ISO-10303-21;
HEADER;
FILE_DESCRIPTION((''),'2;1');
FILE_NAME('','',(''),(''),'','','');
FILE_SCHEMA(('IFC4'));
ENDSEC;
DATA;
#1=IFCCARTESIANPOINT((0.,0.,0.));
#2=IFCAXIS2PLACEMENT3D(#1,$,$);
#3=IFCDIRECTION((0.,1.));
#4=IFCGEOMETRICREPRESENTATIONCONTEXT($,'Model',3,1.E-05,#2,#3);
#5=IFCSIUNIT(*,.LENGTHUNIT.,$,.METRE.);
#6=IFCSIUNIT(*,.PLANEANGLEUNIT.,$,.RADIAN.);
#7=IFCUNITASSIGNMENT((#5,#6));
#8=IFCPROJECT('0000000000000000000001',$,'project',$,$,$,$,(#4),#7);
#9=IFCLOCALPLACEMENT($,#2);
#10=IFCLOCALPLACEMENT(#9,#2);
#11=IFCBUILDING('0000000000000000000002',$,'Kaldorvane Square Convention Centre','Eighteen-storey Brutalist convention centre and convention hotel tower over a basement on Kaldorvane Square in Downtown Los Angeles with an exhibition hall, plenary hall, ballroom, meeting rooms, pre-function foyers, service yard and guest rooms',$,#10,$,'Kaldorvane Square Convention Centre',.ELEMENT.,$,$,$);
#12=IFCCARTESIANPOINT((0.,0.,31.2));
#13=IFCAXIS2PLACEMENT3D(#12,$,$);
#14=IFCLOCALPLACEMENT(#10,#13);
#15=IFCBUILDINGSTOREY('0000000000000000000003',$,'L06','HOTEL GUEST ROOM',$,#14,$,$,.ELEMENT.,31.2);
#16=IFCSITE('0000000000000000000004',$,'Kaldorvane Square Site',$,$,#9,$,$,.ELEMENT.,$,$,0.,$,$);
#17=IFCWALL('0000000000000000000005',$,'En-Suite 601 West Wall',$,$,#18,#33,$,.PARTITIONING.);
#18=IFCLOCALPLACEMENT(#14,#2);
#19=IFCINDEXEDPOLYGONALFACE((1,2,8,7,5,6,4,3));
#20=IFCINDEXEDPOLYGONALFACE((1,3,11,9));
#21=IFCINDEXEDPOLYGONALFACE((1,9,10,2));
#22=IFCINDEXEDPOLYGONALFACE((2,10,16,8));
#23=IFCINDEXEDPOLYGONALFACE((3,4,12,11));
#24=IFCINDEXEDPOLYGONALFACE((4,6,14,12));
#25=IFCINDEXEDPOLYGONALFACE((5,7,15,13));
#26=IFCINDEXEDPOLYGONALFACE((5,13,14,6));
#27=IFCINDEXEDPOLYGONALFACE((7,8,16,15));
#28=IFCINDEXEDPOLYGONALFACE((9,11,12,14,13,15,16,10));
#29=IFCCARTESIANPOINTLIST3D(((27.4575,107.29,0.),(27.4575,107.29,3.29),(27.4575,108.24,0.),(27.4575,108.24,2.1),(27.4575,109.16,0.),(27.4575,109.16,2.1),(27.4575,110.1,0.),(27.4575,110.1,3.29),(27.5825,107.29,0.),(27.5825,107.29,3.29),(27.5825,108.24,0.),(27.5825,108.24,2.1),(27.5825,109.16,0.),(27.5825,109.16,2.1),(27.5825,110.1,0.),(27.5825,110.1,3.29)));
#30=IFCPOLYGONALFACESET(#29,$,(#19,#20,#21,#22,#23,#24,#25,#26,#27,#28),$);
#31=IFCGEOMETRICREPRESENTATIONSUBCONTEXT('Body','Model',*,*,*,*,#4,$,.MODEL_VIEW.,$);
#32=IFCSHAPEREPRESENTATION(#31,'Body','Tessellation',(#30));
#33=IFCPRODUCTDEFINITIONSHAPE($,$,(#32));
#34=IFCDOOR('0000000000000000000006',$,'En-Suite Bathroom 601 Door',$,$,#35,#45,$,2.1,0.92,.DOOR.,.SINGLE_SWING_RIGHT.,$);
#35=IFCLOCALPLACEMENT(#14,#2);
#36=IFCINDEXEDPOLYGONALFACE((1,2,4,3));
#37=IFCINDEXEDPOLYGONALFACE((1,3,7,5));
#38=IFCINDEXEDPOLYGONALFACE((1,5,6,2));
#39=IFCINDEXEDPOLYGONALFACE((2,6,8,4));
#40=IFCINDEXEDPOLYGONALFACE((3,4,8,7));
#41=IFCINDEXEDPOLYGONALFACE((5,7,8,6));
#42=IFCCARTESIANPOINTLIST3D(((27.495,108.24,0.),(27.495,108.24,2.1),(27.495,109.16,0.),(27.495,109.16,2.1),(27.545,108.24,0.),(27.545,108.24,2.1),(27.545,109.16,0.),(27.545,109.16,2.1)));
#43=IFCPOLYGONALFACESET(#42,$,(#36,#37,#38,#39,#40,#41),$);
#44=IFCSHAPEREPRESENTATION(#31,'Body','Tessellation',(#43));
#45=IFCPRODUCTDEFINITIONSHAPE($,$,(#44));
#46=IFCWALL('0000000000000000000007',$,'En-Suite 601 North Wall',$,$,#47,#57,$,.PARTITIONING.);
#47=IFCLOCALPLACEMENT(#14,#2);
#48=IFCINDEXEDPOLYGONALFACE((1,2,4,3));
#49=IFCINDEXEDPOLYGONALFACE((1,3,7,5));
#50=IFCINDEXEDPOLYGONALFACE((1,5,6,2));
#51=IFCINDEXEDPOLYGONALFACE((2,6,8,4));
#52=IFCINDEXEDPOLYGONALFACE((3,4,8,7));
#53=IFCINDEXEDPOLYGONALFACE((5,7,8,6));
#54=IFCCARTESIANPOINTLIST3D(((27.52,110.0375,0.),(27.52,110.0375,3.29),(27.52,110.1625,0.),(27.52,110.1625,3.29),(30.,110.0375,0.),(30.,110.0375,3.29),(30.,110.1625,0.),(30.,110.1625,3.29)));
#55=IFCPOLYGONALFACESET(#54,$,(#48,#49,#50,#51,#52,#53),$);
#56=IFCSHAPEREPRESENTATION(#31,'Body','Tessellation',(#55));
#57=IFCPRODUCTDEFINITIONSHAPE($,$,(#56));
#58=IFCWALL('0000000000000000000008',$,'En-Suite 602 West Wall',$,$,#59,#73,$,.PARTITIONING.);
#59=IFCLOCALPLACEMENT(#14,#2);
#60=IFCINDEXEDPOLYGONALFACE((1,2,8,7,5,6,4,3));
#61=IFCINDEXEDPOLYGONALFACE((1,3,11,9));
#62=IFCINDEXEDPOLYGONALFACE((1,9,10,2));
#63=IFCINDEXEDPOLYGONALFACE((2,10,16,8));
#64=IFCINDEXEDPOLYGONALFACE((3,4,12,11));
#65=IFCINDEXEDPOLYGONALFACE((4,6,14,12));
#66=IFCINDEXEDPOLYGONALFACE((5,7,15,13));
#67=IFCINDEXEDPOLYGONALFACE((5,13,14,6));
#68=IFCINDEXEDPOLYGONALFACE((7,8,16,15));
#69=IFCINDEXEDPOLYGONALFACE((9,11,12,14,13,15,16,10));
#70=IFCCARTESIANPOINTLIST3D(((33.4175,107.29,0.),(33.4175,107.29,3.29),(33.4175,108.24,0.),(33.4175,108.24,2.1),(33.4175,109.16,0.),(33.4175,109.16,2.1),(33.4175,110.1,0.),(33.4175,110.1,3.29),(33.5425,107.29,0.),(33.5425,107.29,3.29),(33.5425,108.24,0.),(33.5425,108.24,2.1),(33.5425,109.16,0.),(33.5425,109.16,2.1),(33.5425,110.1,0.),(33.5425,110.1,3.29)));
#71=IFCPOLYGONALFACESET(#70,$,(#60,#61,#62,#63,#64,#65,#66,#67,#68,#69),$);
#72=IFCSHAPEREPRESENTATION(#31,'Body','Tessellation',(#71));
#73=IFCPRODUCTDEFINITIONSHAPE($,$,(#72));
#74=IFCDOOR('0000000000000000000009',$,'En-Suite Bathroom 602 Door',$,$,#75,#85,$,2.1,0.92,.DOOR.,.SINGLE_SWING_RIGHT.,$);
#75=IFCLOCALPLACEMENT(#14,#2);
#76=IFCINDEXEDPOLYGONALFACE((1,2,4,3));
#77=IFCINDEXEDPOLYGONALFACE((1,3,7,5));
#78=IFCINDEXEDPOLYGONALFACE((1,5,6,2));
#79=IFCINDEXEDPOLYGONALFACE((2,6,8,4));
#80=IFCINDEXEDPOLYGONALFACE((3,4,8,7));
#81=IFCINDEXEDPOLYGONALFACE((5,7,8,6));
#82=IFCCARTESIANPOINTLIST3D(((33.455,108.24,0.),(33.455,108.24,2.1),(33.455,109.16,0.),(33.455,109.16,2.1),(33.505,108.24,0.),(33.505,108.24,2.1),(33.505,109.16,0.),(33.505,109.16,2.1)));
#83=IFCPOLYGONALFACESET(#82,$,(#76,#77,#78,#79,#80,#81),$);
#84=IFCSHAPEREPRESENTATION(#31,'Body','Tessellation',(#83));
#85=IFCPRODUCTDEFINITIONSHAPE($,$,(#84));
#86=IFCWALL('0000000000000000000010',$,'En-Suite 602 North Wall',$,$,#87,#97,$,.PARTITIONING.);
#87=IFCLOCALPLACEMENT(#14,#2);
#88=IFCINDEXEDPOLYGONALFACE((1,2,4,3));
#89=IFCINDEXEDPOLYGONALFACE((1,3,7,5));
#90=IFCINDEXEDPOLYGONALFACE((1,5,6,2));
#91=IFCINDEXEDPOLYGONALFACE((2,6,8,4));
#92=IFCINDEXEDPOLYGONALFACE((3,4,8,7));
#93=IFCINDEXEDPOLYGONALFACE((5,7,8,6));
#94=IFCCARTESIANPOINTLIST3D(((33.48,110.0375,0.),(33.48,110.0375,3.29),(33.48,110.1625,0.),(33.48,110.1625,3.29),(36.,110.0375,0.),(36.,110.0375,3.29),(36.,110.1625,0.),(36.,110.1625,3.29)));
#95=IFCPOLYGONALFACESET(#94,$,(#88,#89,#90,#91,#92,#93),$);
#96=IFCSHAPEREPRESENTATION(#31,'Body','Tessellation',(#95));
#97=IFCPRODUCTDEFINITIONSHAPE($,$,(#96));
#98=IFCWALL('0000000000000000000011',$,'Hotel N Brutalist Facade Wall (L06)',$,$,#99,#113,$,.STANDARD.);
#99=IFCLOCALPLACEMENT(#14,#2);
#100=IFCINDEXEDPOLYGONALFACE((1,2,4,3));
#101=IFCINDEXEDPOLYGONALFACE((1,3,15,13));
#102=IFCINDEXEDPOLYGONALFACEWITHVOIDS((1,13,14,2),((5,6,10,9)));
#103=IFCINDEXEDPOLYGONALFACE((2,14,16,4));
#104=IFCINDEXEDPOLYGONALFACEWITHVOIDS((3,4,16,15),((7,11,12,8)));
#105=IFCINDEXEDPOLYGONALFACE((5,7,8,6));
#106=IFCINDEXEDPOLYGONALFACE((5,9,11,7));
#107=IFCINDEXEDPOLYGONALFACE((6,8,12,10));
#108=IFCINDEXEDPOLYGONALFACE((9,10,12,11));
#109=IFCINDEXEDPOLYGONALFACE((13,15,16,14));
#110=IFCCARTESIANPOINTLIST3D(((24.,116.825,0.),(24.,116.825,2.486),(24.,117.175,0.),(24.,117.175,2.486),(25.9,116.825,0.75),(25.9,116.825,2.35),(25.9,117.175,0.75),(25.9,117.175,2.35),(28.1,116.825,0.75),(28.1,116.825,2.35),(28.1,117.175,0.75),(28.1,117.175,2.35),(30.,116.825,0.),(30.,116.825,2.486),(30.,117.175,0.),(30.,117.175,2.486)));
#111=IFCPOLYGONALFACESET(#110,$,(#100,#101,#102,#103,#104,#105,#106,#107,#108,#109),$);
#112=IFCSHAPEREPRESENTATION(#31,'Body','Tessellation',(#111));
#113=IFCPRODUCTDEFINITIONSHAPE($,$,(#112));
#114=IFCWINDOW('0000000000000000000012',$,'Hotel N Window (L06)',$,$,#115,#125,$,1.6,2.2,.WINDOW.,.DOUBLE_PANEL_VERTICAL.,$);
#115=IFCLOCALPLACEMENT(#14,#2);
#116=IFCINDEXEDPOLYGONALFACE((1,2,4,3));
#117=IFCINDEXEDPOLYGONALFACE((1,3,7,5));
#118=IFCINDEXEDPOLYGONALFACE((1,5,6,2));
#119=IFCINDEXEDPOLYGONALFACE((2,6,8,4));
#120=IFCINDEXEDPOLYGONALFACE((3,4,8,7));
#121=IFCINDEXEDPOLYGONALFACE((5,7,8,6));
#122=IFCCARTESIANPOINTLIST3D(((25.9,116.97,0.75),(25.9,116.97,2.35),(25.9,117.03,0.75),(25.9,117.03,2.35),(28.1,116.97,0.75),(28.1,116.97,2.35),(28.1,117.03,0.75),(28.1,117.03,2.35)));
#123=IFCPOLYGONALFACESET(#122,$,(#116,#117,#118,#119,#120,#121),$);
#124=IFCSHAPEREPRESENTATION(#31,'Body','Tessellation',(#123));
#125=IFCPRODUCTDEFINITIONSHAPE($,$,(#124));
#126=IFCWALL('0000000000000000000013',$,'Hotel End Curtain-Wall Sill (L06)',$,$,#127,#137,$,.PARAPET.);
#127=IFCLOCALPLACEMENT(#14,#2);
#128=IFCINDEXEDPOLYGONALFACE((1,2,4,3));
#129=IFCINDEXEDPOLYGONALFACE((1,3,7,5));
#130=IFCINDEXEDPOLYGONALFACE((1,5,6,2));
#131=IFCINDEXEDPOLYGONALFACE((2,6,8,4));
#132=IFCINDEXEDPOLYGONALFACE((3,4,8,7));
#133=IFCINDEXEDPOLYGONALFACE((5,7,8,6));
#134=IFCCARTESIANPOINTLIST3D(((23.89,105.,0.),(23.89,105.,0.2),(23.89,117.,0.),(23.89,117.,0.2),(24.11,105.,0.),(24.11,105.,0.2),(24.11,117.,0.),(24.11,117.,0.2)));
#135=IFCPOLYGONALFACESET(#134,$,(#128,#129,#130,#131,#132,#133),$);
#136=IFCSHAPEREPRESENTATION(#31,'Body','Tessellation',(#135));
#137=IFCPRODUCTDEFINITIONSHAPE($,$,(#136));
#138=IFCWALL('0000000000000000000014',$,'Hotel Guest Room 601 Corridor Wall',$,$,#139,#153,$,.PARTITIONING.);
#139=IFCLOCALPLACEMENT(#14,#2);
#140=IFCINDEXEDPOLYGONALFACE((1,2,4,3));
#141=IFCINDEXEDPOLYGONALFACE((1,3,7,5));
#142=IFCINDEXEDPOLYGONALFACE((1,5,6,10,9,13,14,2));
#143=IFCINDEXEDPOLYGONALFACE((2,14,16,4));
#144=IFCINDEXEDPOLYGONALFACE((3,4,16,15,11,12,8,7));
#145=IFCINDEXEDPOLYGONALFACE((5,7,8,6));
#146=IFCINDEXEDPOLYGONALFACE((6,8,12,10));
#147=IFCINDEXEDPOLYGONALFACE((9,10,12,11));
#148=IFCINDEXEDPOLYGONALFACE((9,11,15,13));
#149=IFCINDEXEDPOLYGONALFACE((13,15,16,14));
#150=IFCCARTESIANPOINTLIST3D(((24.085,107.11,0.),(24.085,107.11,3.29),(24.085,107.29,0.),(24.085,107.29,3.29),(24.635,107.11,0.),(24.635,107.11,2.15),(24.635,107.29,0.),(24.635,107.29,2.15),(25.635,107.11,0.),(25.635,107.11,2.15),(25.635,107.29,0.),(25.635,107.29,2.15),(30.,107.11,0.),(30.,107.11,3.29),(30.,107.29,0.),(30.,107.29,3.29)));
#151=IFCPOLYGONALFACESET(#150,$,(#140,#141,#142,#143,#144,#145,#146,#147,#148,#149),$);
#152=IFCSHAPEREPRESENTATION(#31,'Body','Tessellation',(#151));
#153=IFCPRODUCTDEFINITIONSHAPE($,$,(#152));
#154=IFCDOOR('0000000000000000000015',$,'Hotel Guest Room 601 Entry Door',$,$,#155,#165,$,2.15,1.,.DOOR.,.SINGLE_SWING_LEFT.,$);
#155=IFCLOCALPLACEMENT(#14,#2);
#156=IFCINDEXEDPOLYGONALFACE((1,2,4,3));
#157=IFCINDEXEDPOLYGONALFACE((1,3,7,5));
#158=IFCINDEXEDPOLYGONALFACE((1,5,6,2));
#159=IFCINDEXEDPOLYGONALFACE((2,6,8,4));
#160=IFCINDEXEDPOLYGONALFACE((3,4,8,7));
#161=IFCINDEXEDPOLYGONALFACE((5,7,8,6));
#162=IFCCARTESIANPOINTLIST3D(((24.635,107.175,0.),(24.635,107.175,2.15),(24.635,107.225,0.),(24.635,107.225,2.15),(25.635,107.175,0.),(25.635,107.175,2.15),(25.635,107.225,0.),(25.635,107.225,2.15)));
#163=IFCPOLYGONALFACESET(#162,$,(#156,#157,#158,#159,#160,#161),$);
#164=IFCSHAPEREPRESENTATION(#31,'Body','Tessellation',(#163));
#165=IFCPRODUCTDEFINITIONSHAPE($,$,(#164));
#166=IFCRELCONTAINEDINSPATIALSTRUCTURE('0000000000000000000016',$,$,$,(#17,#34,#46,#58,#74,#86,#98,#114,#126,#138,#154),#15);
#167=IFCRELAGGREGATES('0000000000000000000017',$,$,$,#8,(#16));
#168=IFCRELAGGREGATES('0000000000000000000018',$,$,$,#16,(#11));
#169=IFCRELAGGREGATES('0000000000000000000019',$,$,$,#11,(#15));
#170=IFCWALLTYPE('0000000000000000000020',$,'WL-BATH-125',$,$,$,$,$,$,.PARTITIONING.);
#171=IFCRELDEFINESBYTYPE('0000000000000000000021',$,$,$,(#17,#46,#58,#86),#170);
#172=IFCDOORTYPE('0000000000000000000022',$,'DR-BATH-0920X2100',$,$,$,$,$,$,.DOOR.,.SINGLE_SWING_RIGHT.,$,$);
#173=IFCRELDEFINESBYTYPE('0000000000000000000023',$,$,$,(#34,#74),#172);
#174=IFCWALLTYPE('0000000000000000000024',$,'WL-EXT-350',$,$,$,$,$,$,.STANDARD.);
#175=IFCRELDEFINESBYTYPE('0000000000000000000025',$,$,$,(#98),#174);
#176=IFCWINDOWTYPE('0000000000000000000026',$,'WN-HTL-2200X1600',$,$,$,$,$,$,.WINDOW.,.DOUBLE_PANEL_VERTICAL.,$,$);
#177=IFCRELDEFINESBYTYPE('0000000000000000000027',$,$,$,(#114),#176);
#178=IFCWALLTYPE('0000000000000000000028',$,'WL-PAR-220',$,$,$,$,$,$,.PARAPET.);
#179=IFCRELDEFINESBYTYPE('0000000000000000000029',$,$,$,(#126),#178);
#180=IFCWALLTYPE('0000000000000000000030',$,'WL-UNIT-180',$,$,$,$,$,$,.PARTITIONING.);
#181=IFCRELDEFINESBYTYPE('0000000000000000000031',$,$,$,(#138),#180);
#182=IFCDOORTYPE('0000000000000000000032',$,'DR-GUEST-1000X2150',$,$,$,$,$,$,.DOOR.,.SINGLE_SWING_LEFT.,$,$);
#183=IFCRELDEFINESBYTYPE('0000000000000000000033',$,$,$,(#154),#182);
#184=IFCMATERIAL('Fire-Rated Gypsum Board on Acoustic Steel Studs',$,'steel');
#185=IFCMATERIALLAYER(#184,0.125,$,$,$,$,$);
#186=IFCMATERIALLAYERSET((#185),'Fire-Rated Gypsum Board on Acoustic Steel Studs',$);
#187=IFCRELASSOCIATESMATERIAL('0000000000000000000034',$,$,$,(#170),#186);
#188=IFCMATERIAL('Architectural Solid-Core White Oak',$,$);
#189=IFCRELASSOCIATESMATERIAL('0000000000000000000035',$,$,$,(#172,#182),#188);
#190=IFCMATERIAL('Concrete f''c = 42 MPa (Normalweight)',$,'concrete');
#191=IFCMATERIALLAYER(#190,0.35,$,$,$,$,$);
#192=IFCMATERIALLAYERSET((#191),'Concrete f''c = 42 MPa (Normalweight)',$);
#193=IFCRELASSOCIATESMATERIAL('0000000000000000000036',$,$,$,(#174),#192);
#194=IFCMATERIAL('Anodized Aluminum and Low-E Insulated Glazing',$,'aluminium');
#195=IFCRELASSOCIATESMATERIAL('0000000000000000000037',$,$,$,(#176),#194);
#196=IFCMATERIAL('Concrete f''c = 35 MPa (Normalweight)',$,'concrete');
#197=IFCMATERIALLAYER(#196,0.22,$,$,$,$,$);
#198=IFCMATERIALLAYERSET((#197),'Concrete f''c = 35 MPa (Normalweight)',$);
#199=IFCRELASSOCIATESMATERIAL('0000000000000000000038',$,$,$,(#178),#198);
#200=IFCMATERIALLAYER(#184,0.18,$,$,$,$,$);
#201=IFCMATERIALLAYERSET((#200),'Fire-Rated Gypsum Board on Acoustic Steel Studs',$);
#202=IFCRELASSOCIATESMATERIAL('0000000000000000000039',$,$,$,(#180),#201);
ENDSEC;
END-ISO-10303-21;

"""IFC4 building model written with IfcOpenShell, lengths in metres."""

from ifc_helpers import new_model, si_unit, direction, frame, frame_2d, origin, place, context, subcontext, project, spatial, rectangle, extrude, material, layer, layer_set, type_object, element, fill, save


model = new_model("IFC4")

# Units and contexts
model_context = context("Model", 3, precision=1e-05, world=origin(), true_north=direction((0.0, 1.0)))
body_context = subcontext(model_context, "Body", "Model", "MODEL_VIEW")
ifc_project = project(units=[si_unit("LENGTHUNIT", "METRE"), si_unit("PLANEANGLEUNIT", "RADIAN")], contexts=[model_context])

# Site, building, storey
site_placement = place(None, origin())
site = spatial("IfcSite", under=ifc_project, at=site_placement, Name="Kaldorvane Square Site", CompositionType="ELEMENT", RefElevation=0.0)
building_placement = place(site_placement, origin())
building = spatial("IfcBuilding", under=site, at=building_placement, Name="Kaldorvane Square Convention Centre", Description="Eighteen-storey Brutalist convention centre and convention hotel tower over a basement on Kaldorvane Square in Downtown Los Angeles with an exhibition hall, plenary hall, ballroom, meeting rooms, pre-function foyers, service yard and guest rooms", LongName="Kaldorvane Square Convention Centre", CompositionType="ELEMENT")
storey_placement = place(building_placement, frame((0.0, 0.0, 31.2)))
storey = spatial("IfcBuildingStorey", under=building, at=storey_placement, Name="L06", Description="HOTEL GUEST ROOM", CompositionType="ELEMENT", Elevation=31.2)

# Shared definitions
ifc_material_1 = material(Name="Concrete f'c = 42 MPa (Normalweight)", Category="concrete")

# Wall, opening, door
ifc_material_2 = material(Name="Fire-Rated Gypsum Board on Acoustic Steel Studs", Category="steel")
ifc_layer_1 = layer(ifc_material_2, 0.125)
ifc_layer_set_1 = layer_set([ifc_layer_1], Name="Fire-Rated Gypsum Board on Acoustic Steel Studs")
wall_type_1 = type_object("IfcWallType", Name="WL-BATH-125", PredefinedType="PARTITIONING", material=ifc_layer_set_1)
wall_1_placement = place(storey_placement, frame((27.52, 107.29, 0.0), z_axis=(0.0, 0.0, 1.0), x_axis=(0.0, 1.0, 0.0)))
wall_1 = element("IfcWall", 1, at=wall_1_placement, inside=storey, type_object=wall_type_1, Name="En-Suite 601 West Wall", PredefinedType="PARTITIONING", context=body_context, shape_type="SweptSolid", body=[
    extrude(rectangle(XDim=2.81, YDim=0.125, at=frame_2d((1.405, 0.0))), origin(), (0.0, 0.0, 1.0), 3.29),
])
opening_1_placement = place(wall_1_placement, frame((0.95, 0.0, 0.0)))
opening_1 = element("IfcOpeningElement", 2, at=opening_1_placement, cuts=wall_1, PredefinedType="OPENING", context=body_context, shape_type="SweptSolid", body=[
    extrude(rectangle(XDim=0.92, YDim=2.1, at=frame_2d((0.46, 1.05))), frame((0.0, 0.0775, 0.0), z_axis=(0.0, -1.0, 0.0), x_axis=(1.0, 0.0, 0.0)), (0.0, 0.0, 1.0), 0.155),
])
ifc_material_3 = material(Name="Architectural Solid-Core White Oak")
door_type_1 = type_object("IfcDoorType", Name="DR-BATH-0920X2100", OperationType="SINGLE_SWING_RIGHT", PredefinedType="DOOR", material=ifc_material_3)
door_1_placement = place(opening_1_placement, origin())
door_1 = element("IfcDoor", 3, at=door_1_placement, inside=storey, type_object=door_type_1, Name="En-Suite Bathroom 601 Door", OperationType="SINGLE_SWING_RIGHT", OverallHeight=2.1, OverallWidth=0.92, PredefinedType="DOOR", context=body_context, shape_type="SweptSolid", body=[
    extrude(rectangle(XDim=0.92, YDim=2.1, at=frame_2d((0.46, 1.05))), frame((0.0, 0.025, 0.0), z_axis=(0.0, -1.0, 0.0), x_axis=(1.0, 0.0, 0.0)), (0.0, 0.0, 1.0), 0.05),
])
fill(opening_1, door_1)

# Wall
wall_2_placement = place(storey_placement, frame((27.52, 110.1, 0.0), z_axis=(0.0, 0.0, 1.0), x_axis=(1.0, 0.0, 0.0)))
element("IfcWall", 4, at=wall_2_placement, inside=storey, type_object=wall_type_1, Name="En-Suite 601 North Wall", PredefinedType="PARTITIONING", context=body_context, shape_type="SweptSolid", body=[
    extrude(rectangle(XDim=2.48, YDim=0.125, at=frame_2d((1.24, 0.0))), origin(), (0.0, 0.0, 1.0), 3.29),
])

# Wall, opening, door
wall_3_placement = place(storey_placement, frame((33.48, 107.29, 0.0), z_axis=(0.0, 0.0, 1.0), x_axis=(0.0, 1.0, 0.0)))
wall_3 = element("IfcWall", 5, at=wall_3_placement, inside=storey, type_object=wall_type_1, Name="En-Suite 602 West Wall", PredefinedType="PARTITIONING", context=body_context, shape_type="SweptSolid", body=[
    extrude(rectangle(XDim=2.81, YDim=0.125, at=frame_2d((1.405, 0.0))), origin(), (0.0, 0.0, 1.0), 3.29),
])
opening_2_placement = place(wall_3_placement, frame((0.95, 0.0, 0.0)))
opening_2 = element("IfcOpeningElement", 6, at=opening_2_placement, cuts=wall_3, PredefinedType="OPENING", context=body_context, shape_type="SweptSolid", body=[
    extrude(rectangle(XDim=0.92, YDim=2.1, at=frame_2d((0.46, 1.05))), frame((0.0, 0.0775, 0.0), z_axis=(0.0, -1.0, 0.0), x_axis=(1.0, 0.0, 0.0)), (0.0, 0.0, 1.0), 0.155),
])
door_2_placement = place(opening_2_placement, origin())
door_2 = element("IfcDoor", 7, at=door_2_placement, inside=storey, type_object=door_type_1, Name="En-Suite Bathroom 602 Door", OperationType="SINGLE_SWING_RIGHT", OverallHeight=2.1, OverallWidth=0.92, PredefinedType="DOOR", context=body_context, shape_type="SweptSolid", body=[
    extrude(rectangle(XDim=0.92, YDim=2.1, at=frame_2d((0.46, 1.05))), frame((0.0, 0.025, 0.0), z_axis=(0.0, -1.0, 0.0), x_axis=(1.0, 0.0, 0.0)), (0.0, 0.0, 1.0), 0.05),
])
fill(opening_2, door_2)

# Wall
wall_4_placement = place(storey_placement, frame((33.48, 110.1, 0.0), z_axis=(0.0, 0.0, 1.0), x_axis=(1.0, 0.0, 0.0)))
element("IfcWall", 8, at=wall_4_placement, inside=storey, type_object=wall_type_1, Name="En-Suite 602 North Wall", PredefinedType="PARTITIONING", context=body_context, shape_type="SweptSolid", body=[
    extrude(rectangle(XDim=2.52, YDim=0.125, at=frame_2d((1.26, 0.0))), origin(), (0.0, 0.0, 1.0), 3.29),
])

# Wall, opening, window
ifc_layer_2 = layer(ifc_material_1, 0.35)
ifc_layer_set_2 = layer_set([ifc_layer_2], Name="Concrete f'c = 42 MPa (Normalweight)")
wall_type_2 = type_object("IfcWallType", Name="WL-EXT-350", PredefinedType="STANDARD", material=ifc_layer_set_2)
wall_5_placement = place(storey_placement, frame((30.0, 117.0, 0.0), z_axis=(0.0, 0.0, 1.0), x_axis=(-1.0, 0.0, 0.0)))
wall_5 = element("IfcWall", 9, at=wall_5_placement, inside=storey, type_object=wall_type_2, Name="Hotel N Brutalist Facade Wall (L06)", PredefinedType="STANDARD", context=body_context, shape_type="SweptSolid", body=[
    extrude(rectangle(XDim=6.0, YDim=0.35, at=frame_2d((3.0, 0.0))), origin(), (0.0, 0.0, 1.0), 2.486),
])
opening_3_placement = place(wall_5_placement, frame((1.9, 0.0, 0.75)))
opening_3 = element("IfcOpeningElement", 10, at=opening_3_placement, cuts=wall_5, PredefinedType="OPENING", context=body_context, shape_type="SweptSolid", body=[
    extrude(rectangle(XDim=2.2, YDim=1.6, at=frame_2d((1.1, 0.8))), frame((0.0, 0.19, 0.0), z_axis=(0.0, -1.0, 0.0), x_axis=(1.0, 0.0, 0.0)), (0.0, 0.0, 1.0), 0.38),
])
ifc_material_4 = material(Name="Anodized Aluminum and Low-E Insulated Glazing", Category="aluminium")
window_type = type_object("IfcWindowType", Name="WN-HTL-2200X1600", PartitioningType="DOUBLE_PANEL_VERTICAL", PredefinedType="WINDOW", material=ifc_material_4)
window_placement = place(opening_3_placement, origin())
window = element("IfcWindow", 11, at=window_placement, inside=storey, type_object=window_type, Name="Hotel N Window (L06)", OverallHeight=1.6, OverallWidth=2.2, PartitioningType="DOUBLE_PANEL_VERTICAL", PredefinedType="WINDOW", context=body_context, shape_type="SweptSolid", body=[
    extrude(rectangle(XDim=2.2, YDim=1.6, at=frame_2d((1.1, 0.8))), frame((0.0, 0.03, 0.0), z_axis=(0.0, -1.0, 0.0), x_axis=(1.0, 0.0, 0.0)), (0.0, 0.0, 1.0), 0.06),
])
fill(opening_3, window)

# Wall
ifc_material_5 = material(Name="Concrete f'c = 35 MPa (Normalweight)", Category="concrete")
ifc_layer_3 = layer(ifc_material_5, 0.22)
ifc_layer_set_3 = layer_set([ifc_layer_3], Name="Concrete f'c = 35 MPa (Normalweight)")
wall_type_3 = type_object("IfcWallType", Name="WL-PAR-220", PredefinedType="PARAPET", material=ifc_layer_set_3)
wall_6_placement = place(storey_placement, frame((24.0, 117.0, 0.0), z_axis=(0.0, 0.0, 1.0), x_axis=(0.0, -1.0, 0.0)))
element("IfcWall", 12, at=wall_6_placement, inside=storey, type_object=wall_type_3, Name="Hotel End Curtain-Wall Sill (L06)", PredefinedType="PARAPET", context=body_context, shape_type="SweptSolid", body=[
    extrude(rectangle(XDim=12.0, YDim=0.22, at=frame_2d((6.0, 0.0))), origin(), (0.0, 0.0, 1.0), 0.2),
])

# Wall, opening, door
ifc_layer_4 = layer(ifc_material_2, 0.18)
ifc_layer_set_4 = layer_set([ifc_layer_4], Name="Fire-Rated Gypsum Board on Acoustic Steel Studs")
wall_type_4 = type_object("IfcWallType", Name="WL-UNIT-180", PredefinedType="PARTITIONING", material=ifc_layer_set_4)
wall_7_placement = place(storey_placement, frame((24.085, 107.2, 0.0), z_axis=(0.0, 0.0, 1.0), x_axis=(1.0, 0.0, 0.0)))
wall_7 = element("IfcWall", 13, at=wall_7_placement, inside=storey, type_object=wall_type_4, Name="Hotel Guest Room 601 Corridor Wall", PredefinedType="PARTITIONING", context=body_context, shape_type="SweptSolid", body=[
    extrude(rectangle(XDim=5.915, YDim=0.18, at=frame_2d((2.9575, 0.0))), origin(), (0.0, 0.0, 1.0), 3.29),
])
opening_4_placement = place(wall_7_placement, frame((0.55, 0.0, 0.0)))
opening_4 = element("IfcOpeningElement", 14, at=opening_4_placement, cuts=wall_7, PredefinedType="OPENING", context=body_context, shape_type="SweptSolid", body=[
    extrude(rectangle(XDim=1.0, YDim=2.15, at=frame_2d((0.5, 1.075))), frame((0.0, 0.105, 0.0), z_axis=(0.0, -1.0, 0.0), x_axis=(1.0, 0.0, 0.0)), (0.0, 0.0, 1.0), 0.21),
])
door_type_2 = type_object("IfcDoorType", Name="DR-GUEST-1000X2150", OperationType="SINGLE_SWING_LEFT", PredefinedType="DOOR", material=ifc_material_3)
door_3_placement = place(opening_4_placement, origin())
door_3 = element("IfcDoor", 15, at=door_3_placement, inside=storey, type_object=door_type_2, Name="Hotel Guest Room 601 Entry Door", OperationType="SINGLE_SWING_LEFT", OverallHeight=2.15, OverallWidth=1.0, PredefinedType="DOOR", context=body_context, shape_type="SweptSolid", body=[
    extrude(rectangle(XDim=1.0, YDim=2.15, at=frame_2d((0.5, 1.075))), frame((0.0, 0.025, 0.0), z_axis=(0.0, -1.0, 0.0), x_axis=(1.0, 0.0, 0.0)), (0.0, 0.0, 1.0), 0.05),
])
fill(opening_4, door_3)

save(model, "model.ifc")
